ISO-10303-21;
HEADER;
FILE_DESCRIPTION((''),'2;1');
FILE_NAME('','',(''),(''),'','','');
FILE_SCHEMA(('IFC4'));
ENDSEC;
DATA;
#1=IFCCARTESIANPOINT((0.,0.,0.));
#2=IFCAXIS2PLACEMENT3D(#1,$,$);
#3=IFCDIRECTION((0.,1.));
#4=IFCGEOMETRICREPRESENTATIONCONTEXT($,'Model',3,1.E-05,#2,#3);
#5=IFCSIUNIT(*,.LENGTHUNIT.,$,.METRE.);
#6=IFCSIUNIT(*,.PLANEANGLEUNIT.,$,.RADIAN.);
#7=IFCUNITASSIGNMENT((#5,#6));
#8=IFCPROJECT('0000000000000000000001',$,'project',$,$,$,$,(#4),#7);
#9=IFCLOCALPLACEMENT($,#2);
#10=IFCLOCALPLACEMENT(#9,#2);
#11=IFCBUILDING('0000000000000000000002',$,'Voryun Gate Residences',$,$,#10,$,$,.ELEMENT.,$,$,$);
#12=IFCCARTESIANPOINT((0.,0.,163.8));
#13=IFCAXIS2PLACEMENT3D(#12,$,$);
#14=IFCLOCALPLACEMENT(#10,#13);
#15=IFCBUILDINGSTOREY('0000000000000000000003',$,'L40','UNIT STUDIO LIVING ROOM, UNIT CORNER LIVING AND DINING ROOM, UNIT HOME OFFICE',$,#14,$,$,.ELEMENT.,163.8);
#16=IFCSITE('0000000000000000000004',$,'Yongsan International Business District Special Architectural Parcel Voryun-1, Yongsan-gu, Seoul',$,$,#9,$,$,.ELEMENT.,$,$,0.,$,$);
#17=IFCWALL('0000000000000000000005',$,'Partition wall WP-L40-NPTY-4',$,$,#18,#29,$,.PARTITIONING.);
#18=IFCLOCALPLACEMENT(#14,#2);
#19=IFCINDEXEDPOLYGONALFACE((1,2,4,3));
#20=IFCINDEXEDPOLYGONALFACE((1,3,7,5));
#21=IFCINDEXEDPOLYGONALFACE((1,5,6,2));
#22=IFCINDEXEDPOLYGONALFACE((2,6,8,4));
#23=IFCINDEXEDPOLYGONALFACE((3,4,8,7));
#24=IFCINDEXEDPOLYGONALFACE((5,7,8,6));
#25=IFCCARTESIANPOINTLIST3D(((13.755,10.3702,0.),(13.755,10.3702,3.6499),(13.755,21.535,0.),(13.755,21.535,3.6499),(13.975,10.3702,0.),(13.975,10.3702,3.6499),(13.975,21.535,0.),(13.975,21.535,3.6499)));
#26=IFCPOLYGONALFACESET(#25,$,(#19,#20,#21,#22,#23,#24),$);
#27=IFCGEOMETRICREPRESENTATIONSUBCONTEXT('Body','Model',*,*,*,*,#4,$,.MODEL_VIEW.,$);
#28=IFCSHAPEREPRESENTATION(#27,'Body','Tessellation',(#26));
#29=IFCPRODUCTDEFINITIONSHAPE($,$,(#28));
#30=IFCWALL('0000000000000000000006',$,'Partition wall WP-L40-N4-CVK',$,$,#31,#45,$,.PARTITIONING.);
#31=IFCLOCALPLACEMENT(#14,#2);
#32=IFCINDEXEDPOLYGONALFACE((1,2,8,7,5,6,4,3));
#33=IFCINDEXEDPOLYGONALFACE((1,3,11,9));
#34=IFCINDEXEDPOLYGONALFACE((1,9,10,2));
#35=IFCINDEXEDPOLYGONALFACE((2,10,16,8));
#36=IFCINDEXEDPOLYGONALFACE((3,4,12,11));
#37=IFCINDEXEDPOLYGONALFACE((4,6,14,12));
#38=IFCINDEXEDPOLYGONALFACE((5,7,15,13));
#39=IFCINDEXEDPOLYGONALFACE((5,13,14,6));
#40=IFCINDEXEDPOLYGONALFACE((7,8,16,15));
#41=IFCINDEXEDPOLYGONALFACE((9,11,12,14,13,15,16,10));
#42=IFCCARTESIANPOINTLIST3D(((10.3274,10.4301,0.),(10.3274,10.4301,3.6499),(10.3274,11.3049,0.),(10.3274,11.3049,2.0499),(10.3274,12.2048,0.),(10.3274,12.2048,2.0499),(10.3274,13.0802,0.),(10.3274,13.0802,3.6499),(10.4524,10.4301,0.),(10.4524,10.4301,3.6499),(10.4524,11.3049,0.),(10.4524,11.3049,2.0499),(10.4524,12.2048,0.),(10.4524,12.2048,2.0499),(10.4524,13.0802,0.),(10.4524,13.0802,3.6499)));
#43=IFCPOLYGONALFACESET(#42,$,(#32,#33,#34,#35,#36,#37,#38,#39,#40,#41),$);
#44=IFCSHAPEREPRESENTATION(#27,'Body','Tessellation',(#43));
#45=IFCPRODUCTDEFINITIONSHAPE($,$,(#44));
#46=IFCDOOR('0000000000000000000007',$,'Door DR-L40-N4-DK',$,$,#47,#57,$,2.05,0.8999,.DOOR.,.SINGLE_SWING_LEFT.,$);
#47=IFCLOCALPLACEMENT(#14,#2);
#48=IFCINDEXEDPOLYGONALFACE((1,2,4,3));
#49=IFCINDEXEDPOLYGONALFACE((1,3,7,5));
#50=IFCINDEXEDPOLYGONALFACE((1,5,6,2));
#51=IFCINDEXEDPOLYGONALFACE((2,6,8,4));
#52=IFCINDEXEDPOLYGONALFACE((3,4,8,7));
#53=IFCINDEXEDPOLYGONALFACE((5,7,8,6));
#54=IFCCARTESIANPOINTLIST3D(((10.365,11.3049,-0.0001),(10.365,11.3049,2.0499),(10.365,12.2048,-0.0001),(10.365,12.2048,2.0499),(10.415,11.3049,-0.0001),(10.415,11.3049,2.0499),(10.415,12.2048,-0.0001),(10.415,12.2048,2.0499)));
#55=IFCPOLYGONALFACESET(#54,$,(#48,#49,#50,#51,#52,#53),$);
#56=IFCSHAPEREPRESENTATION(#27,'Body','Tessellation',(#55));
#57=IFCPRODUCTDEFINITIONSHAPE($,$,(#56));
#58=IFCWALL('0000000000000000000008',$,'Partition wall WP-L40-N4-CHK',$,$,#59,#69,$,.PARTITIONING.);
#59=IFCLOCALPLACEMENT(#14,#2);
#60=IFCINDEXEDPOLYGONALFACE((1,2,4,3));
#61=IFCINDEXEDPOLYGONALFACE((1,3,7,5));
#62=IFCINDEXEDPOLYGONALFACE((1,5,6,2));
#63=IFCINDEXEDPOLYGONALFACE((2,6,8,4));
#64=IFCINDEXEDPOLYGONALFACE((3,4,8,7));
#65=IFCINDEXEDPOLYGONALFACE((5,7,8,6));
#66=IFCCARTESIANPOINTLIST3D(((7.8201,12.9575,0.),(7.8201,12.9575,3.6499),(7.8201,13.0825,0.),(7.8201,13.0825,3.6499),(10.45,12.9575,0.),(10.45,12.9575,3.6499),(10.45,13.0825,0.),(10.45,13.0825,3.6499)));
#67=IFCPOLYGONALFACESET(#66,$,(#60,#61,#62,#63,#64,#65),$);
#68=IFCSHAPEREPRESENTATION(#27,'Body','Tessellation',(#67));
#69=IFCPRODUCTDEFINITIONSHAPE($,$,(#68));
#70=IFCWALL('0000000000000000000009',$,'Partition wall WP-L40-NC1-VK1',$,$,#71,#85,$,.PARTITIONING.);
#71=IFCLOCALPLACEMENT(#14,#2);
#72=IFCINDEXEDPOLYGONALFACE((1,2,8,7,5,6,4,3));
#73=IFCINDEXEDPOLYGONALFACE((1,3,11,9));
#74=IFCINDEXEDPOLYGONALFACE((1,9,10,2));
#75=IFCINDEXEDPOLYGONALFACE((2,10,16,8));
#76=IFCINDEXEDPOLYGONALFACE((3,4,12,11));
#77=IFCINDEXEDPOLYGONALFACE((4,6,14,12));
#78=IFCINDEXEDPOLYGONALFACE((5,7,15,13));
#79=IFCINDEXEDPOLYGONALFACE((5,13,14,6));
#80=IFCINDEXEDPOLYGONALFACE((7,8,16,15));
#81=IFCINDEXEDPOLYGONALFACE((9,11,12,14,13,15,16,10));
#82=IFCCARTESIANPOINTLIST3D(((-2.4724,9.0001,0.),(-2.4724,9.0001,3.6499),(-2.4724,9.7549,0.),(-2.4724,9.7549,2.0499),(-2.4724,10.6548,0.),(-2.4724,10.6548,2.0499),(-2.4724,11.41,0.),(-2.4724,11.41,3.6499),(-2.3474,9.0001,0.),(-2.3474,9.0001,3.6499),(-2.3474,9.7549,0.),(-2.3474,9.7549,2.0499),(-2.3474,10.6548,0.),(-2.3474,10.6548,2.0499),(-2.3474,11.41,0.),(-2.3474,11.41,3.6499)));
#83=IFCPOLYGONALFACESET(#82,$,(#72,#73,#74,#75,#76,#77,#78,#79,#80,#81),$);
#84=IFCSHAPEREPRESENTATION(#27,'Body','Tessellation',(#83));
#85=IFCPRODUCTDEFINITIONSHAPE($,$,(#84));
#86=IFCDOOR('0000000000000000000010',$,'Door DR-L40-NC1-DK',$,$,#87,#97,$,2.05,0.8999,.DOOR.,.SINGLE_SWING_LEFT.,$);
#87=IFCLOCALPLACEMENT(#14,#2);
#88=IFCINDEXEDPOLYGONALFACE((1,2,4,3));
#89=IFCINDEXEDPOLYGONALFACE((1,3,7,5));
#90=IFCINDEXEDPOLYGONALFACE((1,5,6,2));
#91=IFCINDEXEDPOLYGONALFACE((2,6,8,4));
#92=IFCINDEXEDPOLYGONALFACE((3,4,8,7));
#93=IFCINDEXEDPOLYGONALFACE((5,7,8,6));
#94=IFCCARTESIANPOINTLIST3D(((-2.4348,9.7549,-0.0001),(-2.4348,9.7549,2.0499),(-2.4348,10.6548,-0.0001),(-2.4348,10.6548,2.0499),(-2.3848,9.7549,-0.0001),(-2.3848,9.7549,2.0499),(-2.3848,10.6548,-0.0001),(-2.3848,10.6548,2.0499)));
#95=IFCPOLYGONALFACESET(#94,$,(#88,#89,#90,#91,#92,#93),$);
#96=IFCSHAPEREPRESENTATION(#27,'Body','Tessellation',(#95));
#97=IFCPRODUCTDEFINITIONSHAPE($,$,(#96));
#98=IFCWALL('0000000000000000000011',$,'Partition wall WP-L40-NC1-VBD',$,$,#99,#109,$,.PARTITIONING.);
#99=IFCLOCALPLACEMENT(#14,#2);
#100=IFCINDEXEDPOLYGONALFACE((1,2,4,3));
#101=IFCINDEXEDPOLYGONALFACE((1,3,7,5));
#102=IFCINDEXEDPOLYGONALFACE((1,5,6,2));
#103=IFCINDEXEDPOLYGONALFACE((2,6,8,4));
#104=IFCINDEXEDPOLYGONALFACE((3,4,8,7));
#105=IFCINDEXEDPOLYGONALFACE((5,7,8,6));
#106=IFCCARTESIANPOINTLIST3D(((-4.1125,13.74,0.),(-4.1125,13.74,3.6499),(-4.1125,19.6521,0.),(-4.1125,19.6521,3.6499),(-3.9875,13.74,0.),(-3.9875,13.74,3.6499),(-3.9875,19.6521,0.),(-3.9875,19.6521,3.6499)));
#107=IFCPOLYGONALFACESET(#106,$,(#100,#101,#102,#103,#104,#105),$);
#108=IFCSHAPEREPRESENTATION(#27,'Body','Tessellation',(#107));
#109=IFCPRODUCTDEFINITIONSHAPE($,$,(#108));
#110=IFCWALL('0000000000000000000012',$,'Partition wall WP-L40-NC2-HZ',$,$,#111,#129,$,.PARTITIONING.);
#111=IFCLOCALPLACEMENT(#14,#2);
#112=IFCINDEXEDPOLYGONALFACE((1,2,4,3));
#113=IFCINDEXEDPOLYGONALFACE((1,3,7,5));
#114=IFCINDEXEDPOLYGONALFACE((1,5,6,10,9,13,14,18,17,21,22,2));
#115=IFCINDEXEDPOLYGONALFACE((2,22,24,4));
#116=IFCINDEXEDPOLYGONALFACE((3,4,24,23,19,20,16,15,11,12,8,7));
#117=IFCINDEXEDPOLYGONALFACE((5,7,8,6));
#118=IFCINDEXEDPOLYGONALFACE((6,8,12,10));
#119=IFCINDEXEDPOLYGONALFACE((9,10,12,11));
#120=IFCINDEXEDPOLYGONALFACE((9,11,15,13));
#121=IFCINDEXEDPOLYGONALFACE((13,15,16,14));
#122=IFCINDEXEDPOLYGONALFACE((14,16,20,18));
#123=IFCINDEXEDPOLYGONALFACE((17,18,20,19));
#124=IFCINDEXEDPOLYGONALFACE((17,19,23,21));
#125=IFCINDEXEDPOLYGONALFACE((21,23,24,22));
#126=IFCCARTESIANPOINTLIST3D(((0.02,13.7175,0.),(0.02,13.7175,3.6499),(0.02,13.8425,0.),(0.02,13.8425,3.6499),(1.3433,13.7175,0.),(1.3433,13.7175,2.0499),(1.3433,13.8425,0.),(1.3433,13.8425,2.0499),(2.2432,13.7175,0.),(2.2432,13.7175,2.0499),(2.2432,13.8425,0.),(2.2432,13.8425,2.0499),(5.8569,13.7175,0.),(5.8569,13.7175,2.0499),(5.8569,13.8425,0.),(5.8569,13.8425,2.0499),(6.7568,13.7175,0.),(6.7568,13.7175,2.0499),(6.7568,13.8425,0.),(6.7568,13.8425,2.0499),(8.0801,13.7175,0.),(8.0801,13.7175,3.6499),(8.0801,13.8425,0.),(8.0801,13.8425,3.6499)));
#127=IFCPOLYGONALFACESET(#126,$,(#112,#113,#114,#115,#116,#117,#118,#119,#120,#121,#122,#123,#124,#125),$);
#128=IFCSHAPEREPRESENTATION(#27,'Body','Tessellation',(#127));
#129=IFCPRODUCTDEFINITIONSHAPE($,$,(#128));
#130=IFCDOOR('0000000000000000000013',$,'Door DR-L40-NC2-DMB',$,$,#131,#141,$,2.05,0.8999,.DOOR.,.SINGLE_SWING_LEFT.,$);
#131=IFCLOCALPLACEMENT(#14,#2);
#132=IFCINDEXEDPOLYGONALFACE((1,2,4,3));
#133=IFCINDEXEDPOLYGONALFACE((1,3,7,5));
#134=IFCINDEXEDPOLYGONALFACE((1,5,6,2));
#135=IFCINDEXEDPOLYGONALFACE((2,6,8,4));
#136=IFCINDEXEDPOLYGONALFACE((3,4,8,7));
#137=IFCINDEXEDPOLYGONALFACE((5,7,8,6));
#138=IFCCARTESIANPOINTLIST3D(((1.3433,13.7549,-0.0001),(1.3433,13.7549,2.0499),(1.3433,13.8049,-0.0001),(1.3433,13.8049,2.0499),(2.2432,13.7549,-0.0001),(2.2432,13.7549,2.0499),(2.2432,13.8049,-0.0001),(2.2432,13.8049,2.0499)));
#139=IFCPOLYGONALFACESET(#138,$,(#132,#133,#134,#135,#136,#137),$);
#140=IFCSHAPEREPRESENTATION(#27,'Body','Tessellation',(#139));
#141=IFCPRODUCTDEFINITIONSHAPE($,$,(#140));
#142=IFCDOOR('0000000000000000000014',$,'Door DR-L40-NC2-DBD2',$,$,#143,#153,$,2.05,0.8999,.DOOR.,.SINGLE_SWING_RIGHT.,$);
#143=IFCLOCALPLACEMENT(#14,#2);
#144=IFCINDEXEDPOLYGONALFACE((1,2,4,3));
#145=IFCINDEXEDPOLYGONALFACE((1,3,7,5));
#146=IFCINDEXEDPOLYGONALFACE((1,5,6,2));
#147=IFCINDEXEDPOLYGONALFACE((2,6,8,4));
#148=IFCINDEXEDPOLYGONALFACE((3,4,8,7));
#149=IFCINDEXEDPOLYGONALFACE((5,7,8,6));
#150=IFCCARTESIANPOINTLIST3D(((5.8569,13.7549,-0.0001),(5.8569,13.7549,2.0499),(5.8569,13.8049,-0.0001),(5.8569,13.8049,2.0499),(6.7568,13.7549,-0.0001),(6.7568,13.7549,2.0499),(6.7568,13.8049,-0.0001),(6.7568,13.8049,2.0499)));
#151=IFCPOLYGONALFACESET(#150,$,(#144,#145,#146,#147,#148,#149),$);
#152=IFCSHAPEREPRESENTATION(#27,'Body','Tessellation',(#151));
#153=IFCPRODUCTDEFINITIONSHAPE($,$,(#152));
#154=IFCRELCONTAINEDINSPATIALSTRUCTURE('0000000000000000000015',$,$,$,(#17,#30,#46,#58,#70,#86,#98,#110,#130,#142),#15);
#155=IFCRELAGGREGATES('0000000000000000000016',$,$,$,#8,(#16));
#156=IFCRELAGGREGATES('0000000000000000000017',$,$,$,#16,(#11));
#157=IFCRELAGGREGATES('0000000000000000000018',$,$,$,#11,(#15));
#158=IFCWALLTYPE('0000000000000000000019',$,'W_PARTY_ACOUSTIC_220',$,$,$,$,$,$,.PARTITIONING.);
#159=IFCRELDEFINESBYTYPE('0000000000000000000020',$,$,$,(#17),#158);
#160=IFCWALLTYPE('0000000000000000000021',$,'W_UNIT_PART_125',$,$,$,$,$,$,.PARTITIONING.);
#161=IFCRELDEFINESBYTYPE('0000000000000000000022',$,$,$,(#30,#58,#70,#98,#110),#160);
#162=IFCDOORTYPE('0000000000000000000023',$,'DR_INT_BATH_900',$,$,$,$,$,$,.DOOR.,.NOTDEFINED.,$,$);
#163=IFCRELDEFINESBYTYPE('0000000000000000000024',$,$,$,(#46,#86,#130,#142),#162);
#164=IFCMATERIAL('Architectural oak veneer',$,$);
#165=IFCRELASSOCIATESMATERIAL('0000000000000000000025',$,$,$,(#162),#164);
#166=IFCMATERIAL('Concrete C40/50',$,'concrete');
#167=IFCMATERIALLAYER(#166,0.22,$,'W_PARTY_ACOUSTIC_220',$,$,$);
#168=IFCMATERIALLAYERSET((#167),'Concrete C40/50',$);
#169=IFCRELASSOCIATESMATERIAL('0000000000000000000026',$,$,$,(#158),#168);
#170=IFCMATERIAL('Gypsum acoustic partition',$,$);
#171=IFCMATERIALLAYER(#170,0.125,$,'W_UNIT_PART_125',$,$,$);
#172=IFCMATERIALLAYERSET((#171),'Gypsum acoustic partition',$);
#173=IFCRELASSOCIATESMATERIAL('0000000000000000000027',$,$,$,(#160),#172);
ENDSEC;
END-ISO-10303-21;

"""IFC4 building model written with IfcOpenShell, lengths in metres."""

from ifc_helpers import new_model, si_unit, direction, frame, frame_2d, origin, place, context, subcontext, project, spatial, rectangle, extrude, material, layer, layer_set, type_object, element, fill, save


model = new_model("IFC4")

# Units and contexts
model_context = context("Model", 3, precision=1e-05, world=origin(), true_north=direction((0.0, 1.0)))
body_context = subcontext(model_context, "Body", "Model", "MODEL_VIEW")
ifc_project = project(units=[si_unit("LENGTHUNIT", "METRE"), si_unit("PLANEANGLEUNIT", "RADIAN")], contexts=[model_context])

# Site, building, storey
site_placement = place(None, origin())
site = spatial("IfcSite", under=ifc_project, at=site_placement, Name="Yongsan International Business District Special Architectural Parcel Voryun-1, Yongsan-gu, Seoul", CompositionType="ELEMENT", RefElevation=0.0)
building_placement = place(site_placement, origin())
building = spatial("IfcBuilding", under=site, at=building_placement, Name="Voryun Gate Residences", CompositionType="ELEMENT")
storey_placement = place(building_placement, frame((0.0, 0.0, 163.8)))
storey = spatial("IfcBuildingStorey", under=building, at=storey_placement, Name="L40", Description="UNIT STUDIO LIVING ROOM, UNIT CORNER LIVING AND DINING ROOM, UNIT HOME OFFICE", CompositionType="ELEMENT", Elevation=163.8)

# Shared definitions
ifc_material_1 = material(Name="Architectural oak veneer")
door_type_1 = type_object("IfcDoorType", Name="DR_INT_BATH_900", OperationType="NOTDEFINED", PredefinedType="DOOR", material=ifc_material_1)

# Wall
ifc_material_2 = material(Name="Concrete C40/50", Category="concrete")
ifc_layer_1 = layer(ifc_material_2, 0.22, Name="W_PARTY_ACOUSTIC_220")
ifc_layer_set_1 = layer_set([ifc_layer_1], Name="Concrete C40/50")
wall_type_1 = type_object("IfcWallType", Name="W_PARTY_ACOUSTIC_220", PredefinedType="PARTITIONING", material=ifc_layer_set_1)
wall_1_placement = place(storey_placement, frame((13.865, 10.3701, 0.0), z_axis=(0.0, 0.0, 1.0), x_axis=(0.0, 1.0, 0.0)))
element("IfcWall", 1, at=wall_1_placement, inside=storey, type_object=wall_type_1, Name="Partition wall WP-L40-NPTY-4", PredefinedType="PARTITIONING", context=body_context, shape_type="SweptSolid", body=[
    extrude(rectangle(XDim=11.1648, YDim=0.22, at=frame_2d((5.5825, 0.0))), origin(), (0.0, 0.0, 1.0), 3.6499),
])

# Wall, opening, door
ifc_material_3 = material(Name="Gypsum acoustic partition")
ifc_layer_2 = layer(ifc_material_3, 0.125, Name="W_UNIT_PART_125")
ifc_layer_set_2 = layer_set([ifc_layer_2], Name="Gypsum acoustic partition")
wall_type_2 = type_object("IfcWallType", Name="W_UNIT_PART_125", PredefinedType="PARTITIONING", material=ifc_layer_set_2)
wall_2_placement = place(storey_placement, frame((10.3899, 10.4299, 0.0), z_axis=(0.0, 0.0, 1.0), x_axis=(0.0, 1.0, 0.0)))
wall_2 = element("IfcWall", 2, at=wall_2_placement, inside=storey, type_object=wall_type_2, Name="Partition wall WP-L40-N4-CVK", PredefinedType="PARTITIONING", context=body_context, shape_type="SweptSolid", body=[
    extrude(rectangle(XDim=2.6501, YDim=0.125, at=frame_2d((1.3252, 0.0))), origin(), (0.0, 0.0, 1.0), 3.6499),
])
opening_1_placement = place(wall_2_placement, frame((0.875, 0.0, 0.0)))
opening_1 = element("IfcOpeningElement", 3, at=opening_1_placement, cuts=wall_2, PredefinedType="OPENING", context=body_context, shape_type="SweptSolid", body=[
    extrude(rectangle(XDim=0.8999, YDim=2.05, at=frame_2d((0.45, 1.0249))), frame((0.0, 0.0725, 0.0), z_axis=(0.0, -1.0, 0.0), x_axis=(1.0, 0.0, 0.0)), (0.0, 0.0, 1.0), 0.145),
])
door_1_placement = place(opening_1_placement, origin())
door_1 = element("IfcDoor", 4, at=door_1_placement, inside=storey, type_object=door_type_1, Name="Door DR-L40-N4-DK", OperationType="SINGLE_SWING_LEFT", OverallHeight=2.05, OverallWidth=0.8999, PredefinedType="DOOR", context=body_context, shape_type="SweptSolid", body=[
    extrude(rectangle(XDim=0.8999, YDim=2.05, at=frame_2d((0.45, 1.0249))), frame((0.0, 0.0249, 0.0), z_axis=(0.0, -1.0, 0.0), x_axis=(1.0, 0.0, 0.0)), (0.0, 0.0, 1.0), 0.05),
])
fill(opening_1, door_1)

# Wall
wall_3_placement = place(storey_placement, frame((7.8201, 13.02, 0.0), z_axis=(0.0, 0.0, 1.0), x_axis=(1.0, 0.0, 0.0)))
element("IfcWall", 5, at=wall_3_placement, inside=storey, type_object=wall_type_2, Name="Partition wall WP-L40-N4-CHK", PredefinedType="PARTITIONING", context=body_context, shape_type="SweptSolid", body=[
    extrude(rectangle(XDim=2.6299, YDim=0.125, at=frame_2d((1.3149, 0.0))), origin(), (0.0, 0.0, 1.0), 3.6499),
])

# Wall, opening, door
wall_4_placement = place(storey_placement, frame((-2.4099, 9.0, 0.0), z_axis=(0.0, 0.0, 1.0), x_axis=(0.0, 1.0, 0.0)))
wall_4 = element("IfcWall", 6, at=wall_4_placement, inside=storey, type_object=wall_type_2, Name="Partition wall WP-L40-NC1-VK1", PredefinedType="PARTITIONING", context=body_context, shape_type="SweptSolid", body=[
    extrude(rectangle(XDim=2.4099, YDim=0.125, at=frame_2d((1.2051, 0.0))), origin(), (0.0, 0.0, 1.0), 3.6499),
])
opening_2_placement = place(wall_4_placement, frame((0.7549, 0.0, 0.0)))
opening_2 = element("IfcOpeningElement", 7, at=opening_2_placement, cuts=wall_4, PredefinedType="OPENING", context=body_context, shape_type="SweptSolid", body=[
    extrude(rectangle(XDim=0.8999, YDim=2.05, at=frame_2d((0.45, 1.0249))), frame((0.0, 0.0725, 0.0), z_axis=(0.0, -1.0, 0.0), x_axis=(1.0, 0.0, 0.0)), (0.0, 0.0, 1.0), 0.145),
])
door_2_placement = place(opening_2_placement, origin())
door_2 = element("IfcDoor", 8, at=door_2_placement, inside=storey, type_object=door_type_1, Name="Door DR-L40-NC1-DK", OperationType="SINGLE_SWING_LEFT", OverallHeight=2.05, OverallWidth=0.8999, PredefinedType="DOOR", context=body_context, shape_type="SweptSolid", body=[
    extrude(rectangle(XDim=0.8999, YDim=2.05, at=frame_2d((0.45, 1.0249))), frame((0.0, 0.0249, 0.0), z_axis=(0.0, -1.0, 0.0), x_axis=(1.0, 0.0, 0.0)), (0.0, 0.0, 1.0), 0.05),
])
fill(opening_2, door_2)

# Wall
wall_5_placement = place(storey_placement, frame((-4.05, 13.74, 0.0), z_axis=(0.0, 0.0, 1.0), x_axis=(0.0, 1.0, 0.0)))
element("IfcWall", 9, at=wall_5_placement, inside=storey, type_object=wall_type_2, Name="Partition wall WP-L40-NC1-VBD", PredefinedType="PARTITIONING", context=body_context, shape_type="SweptSolid", body=[
    extrude(rectangle(XDim=5.9121, YDim=0.125, at=frame_2d((2.9561, 0.0))), origin(), (0.0, 0.0, 1.0), 3.6499),
])

# Wall, openings, doors
wall_6_placement = place(storey_placement, frame((0.02, 13.78, 0.0), z_axis=(0.0, 0.0, 1.0), x_axis=(1.0, 0.0, 0.0)))
wall_6 = element("IfcWall", 10, at=wall_6_placement, inside=storey, type_object=wall_type_2, Name="Partition wall WP-L40-NC2-HZ", PredefinedType="PARTITIONING", context=body_context, shape_type="SweptSolid", body=[
    extrude(rectangle(XDim=8.0601, YDim=0.125, at=frame_2d((4.03, 0.0))), origin(), (0.0, 0.0, 1.0), 3.6499),
])
opening_3_placement = place(wall_6_placement, frame((1.3232, 0.0, 0.0)))
opening_3 = element("IfcOpeningElement", 11, at=opening_3_placement, cuts=wall_6, PredefinedType="OPENING", context=body_context, shape_type="SweptSolid", body=[
    extrude(rectangle(XDim=0.8999, YDim=2.05, at=frame_2d((0.45, 1.0249))), frame((0.0, 0.0725, 0.0), z_axis=(0.0, -1.0, 0.0), x_axis=(1.0, 0.0, 0.0)), (0.0, 0.0, 1.0), 0.145),
])
opening_4_placement = place(wall_6_placement, frame((5.8369, 0.0, 0.0)))
opening_4 = element("IfcOpeningElement", 12, at=opening_4_placement, cuts=wall_6, PredefinedType="OPENING", context=body_context, shape_type="SweptSolid", body=[
    extrude(rectangle(XDim=0.8999, YDim=2.05, at=frame_2d((0.45, 1.0249))), frame((0.0, 0.0725, 0.0), z_axis=(0.0, -1.0, 0.0), x_axis=(1.0, 0.0, 0.0)), (0.0, 0.0, 1.0), 0.145),
])
door_3_placement = place(opening_3_placement, origin())
door_3 = element("IfcDoor", 13, at=door_3_placement, inside=storey, type_object=door_type_1, Name="Door DR-L40-NC2-DMB", OperationType="SINGLE_SWING_LEFT", OverallHeight=2.05, OverallWidth=0.8999, PredefinedType="DOOR", context=body_context, shape_type="SweptSolid", body=[
    extrude(rectangle(XDim=0.8999, YDim=2.05, at=frame_2d((0.45, 1.0249))), frame((0.0, 0.0249, 0.0), z_axis=(0.0, -1.0, 0.0), x_axis=(1.0, 0.0, 0.0)), (0.0, 0.0, 1.0), 0.05),
])
fill(opening_3, door_3)
door_4_placement = place(opening_4_placement, origin())
door_4 = element("IfcDoor", 14, at=door_4_placement, inside=storey, type_object=door_type_1, Name="Door DR-L40-NC2-DBD2", OperationType="SINGLE_SWING_RIGHT", OverallHeight=2.05, OverallWidth=0.8999, PredefinedType="DOOR", context=body_context, shape_type="SweptSolid", body=[
    extrude(rectangle(XDim=0.8999, YDim=2.05, at=frame_2d((0.45, 1.0249))), frame((0.0, 0.0249, 0.0), z_axis=(0.0, -1.0, 0.0), x_axis=(1.0, 0.0, 0.0)), (0.0, 0.0, 1.0), 0.05),
])
fill(opening_4, door_4)

save(model, "model.ifc")
